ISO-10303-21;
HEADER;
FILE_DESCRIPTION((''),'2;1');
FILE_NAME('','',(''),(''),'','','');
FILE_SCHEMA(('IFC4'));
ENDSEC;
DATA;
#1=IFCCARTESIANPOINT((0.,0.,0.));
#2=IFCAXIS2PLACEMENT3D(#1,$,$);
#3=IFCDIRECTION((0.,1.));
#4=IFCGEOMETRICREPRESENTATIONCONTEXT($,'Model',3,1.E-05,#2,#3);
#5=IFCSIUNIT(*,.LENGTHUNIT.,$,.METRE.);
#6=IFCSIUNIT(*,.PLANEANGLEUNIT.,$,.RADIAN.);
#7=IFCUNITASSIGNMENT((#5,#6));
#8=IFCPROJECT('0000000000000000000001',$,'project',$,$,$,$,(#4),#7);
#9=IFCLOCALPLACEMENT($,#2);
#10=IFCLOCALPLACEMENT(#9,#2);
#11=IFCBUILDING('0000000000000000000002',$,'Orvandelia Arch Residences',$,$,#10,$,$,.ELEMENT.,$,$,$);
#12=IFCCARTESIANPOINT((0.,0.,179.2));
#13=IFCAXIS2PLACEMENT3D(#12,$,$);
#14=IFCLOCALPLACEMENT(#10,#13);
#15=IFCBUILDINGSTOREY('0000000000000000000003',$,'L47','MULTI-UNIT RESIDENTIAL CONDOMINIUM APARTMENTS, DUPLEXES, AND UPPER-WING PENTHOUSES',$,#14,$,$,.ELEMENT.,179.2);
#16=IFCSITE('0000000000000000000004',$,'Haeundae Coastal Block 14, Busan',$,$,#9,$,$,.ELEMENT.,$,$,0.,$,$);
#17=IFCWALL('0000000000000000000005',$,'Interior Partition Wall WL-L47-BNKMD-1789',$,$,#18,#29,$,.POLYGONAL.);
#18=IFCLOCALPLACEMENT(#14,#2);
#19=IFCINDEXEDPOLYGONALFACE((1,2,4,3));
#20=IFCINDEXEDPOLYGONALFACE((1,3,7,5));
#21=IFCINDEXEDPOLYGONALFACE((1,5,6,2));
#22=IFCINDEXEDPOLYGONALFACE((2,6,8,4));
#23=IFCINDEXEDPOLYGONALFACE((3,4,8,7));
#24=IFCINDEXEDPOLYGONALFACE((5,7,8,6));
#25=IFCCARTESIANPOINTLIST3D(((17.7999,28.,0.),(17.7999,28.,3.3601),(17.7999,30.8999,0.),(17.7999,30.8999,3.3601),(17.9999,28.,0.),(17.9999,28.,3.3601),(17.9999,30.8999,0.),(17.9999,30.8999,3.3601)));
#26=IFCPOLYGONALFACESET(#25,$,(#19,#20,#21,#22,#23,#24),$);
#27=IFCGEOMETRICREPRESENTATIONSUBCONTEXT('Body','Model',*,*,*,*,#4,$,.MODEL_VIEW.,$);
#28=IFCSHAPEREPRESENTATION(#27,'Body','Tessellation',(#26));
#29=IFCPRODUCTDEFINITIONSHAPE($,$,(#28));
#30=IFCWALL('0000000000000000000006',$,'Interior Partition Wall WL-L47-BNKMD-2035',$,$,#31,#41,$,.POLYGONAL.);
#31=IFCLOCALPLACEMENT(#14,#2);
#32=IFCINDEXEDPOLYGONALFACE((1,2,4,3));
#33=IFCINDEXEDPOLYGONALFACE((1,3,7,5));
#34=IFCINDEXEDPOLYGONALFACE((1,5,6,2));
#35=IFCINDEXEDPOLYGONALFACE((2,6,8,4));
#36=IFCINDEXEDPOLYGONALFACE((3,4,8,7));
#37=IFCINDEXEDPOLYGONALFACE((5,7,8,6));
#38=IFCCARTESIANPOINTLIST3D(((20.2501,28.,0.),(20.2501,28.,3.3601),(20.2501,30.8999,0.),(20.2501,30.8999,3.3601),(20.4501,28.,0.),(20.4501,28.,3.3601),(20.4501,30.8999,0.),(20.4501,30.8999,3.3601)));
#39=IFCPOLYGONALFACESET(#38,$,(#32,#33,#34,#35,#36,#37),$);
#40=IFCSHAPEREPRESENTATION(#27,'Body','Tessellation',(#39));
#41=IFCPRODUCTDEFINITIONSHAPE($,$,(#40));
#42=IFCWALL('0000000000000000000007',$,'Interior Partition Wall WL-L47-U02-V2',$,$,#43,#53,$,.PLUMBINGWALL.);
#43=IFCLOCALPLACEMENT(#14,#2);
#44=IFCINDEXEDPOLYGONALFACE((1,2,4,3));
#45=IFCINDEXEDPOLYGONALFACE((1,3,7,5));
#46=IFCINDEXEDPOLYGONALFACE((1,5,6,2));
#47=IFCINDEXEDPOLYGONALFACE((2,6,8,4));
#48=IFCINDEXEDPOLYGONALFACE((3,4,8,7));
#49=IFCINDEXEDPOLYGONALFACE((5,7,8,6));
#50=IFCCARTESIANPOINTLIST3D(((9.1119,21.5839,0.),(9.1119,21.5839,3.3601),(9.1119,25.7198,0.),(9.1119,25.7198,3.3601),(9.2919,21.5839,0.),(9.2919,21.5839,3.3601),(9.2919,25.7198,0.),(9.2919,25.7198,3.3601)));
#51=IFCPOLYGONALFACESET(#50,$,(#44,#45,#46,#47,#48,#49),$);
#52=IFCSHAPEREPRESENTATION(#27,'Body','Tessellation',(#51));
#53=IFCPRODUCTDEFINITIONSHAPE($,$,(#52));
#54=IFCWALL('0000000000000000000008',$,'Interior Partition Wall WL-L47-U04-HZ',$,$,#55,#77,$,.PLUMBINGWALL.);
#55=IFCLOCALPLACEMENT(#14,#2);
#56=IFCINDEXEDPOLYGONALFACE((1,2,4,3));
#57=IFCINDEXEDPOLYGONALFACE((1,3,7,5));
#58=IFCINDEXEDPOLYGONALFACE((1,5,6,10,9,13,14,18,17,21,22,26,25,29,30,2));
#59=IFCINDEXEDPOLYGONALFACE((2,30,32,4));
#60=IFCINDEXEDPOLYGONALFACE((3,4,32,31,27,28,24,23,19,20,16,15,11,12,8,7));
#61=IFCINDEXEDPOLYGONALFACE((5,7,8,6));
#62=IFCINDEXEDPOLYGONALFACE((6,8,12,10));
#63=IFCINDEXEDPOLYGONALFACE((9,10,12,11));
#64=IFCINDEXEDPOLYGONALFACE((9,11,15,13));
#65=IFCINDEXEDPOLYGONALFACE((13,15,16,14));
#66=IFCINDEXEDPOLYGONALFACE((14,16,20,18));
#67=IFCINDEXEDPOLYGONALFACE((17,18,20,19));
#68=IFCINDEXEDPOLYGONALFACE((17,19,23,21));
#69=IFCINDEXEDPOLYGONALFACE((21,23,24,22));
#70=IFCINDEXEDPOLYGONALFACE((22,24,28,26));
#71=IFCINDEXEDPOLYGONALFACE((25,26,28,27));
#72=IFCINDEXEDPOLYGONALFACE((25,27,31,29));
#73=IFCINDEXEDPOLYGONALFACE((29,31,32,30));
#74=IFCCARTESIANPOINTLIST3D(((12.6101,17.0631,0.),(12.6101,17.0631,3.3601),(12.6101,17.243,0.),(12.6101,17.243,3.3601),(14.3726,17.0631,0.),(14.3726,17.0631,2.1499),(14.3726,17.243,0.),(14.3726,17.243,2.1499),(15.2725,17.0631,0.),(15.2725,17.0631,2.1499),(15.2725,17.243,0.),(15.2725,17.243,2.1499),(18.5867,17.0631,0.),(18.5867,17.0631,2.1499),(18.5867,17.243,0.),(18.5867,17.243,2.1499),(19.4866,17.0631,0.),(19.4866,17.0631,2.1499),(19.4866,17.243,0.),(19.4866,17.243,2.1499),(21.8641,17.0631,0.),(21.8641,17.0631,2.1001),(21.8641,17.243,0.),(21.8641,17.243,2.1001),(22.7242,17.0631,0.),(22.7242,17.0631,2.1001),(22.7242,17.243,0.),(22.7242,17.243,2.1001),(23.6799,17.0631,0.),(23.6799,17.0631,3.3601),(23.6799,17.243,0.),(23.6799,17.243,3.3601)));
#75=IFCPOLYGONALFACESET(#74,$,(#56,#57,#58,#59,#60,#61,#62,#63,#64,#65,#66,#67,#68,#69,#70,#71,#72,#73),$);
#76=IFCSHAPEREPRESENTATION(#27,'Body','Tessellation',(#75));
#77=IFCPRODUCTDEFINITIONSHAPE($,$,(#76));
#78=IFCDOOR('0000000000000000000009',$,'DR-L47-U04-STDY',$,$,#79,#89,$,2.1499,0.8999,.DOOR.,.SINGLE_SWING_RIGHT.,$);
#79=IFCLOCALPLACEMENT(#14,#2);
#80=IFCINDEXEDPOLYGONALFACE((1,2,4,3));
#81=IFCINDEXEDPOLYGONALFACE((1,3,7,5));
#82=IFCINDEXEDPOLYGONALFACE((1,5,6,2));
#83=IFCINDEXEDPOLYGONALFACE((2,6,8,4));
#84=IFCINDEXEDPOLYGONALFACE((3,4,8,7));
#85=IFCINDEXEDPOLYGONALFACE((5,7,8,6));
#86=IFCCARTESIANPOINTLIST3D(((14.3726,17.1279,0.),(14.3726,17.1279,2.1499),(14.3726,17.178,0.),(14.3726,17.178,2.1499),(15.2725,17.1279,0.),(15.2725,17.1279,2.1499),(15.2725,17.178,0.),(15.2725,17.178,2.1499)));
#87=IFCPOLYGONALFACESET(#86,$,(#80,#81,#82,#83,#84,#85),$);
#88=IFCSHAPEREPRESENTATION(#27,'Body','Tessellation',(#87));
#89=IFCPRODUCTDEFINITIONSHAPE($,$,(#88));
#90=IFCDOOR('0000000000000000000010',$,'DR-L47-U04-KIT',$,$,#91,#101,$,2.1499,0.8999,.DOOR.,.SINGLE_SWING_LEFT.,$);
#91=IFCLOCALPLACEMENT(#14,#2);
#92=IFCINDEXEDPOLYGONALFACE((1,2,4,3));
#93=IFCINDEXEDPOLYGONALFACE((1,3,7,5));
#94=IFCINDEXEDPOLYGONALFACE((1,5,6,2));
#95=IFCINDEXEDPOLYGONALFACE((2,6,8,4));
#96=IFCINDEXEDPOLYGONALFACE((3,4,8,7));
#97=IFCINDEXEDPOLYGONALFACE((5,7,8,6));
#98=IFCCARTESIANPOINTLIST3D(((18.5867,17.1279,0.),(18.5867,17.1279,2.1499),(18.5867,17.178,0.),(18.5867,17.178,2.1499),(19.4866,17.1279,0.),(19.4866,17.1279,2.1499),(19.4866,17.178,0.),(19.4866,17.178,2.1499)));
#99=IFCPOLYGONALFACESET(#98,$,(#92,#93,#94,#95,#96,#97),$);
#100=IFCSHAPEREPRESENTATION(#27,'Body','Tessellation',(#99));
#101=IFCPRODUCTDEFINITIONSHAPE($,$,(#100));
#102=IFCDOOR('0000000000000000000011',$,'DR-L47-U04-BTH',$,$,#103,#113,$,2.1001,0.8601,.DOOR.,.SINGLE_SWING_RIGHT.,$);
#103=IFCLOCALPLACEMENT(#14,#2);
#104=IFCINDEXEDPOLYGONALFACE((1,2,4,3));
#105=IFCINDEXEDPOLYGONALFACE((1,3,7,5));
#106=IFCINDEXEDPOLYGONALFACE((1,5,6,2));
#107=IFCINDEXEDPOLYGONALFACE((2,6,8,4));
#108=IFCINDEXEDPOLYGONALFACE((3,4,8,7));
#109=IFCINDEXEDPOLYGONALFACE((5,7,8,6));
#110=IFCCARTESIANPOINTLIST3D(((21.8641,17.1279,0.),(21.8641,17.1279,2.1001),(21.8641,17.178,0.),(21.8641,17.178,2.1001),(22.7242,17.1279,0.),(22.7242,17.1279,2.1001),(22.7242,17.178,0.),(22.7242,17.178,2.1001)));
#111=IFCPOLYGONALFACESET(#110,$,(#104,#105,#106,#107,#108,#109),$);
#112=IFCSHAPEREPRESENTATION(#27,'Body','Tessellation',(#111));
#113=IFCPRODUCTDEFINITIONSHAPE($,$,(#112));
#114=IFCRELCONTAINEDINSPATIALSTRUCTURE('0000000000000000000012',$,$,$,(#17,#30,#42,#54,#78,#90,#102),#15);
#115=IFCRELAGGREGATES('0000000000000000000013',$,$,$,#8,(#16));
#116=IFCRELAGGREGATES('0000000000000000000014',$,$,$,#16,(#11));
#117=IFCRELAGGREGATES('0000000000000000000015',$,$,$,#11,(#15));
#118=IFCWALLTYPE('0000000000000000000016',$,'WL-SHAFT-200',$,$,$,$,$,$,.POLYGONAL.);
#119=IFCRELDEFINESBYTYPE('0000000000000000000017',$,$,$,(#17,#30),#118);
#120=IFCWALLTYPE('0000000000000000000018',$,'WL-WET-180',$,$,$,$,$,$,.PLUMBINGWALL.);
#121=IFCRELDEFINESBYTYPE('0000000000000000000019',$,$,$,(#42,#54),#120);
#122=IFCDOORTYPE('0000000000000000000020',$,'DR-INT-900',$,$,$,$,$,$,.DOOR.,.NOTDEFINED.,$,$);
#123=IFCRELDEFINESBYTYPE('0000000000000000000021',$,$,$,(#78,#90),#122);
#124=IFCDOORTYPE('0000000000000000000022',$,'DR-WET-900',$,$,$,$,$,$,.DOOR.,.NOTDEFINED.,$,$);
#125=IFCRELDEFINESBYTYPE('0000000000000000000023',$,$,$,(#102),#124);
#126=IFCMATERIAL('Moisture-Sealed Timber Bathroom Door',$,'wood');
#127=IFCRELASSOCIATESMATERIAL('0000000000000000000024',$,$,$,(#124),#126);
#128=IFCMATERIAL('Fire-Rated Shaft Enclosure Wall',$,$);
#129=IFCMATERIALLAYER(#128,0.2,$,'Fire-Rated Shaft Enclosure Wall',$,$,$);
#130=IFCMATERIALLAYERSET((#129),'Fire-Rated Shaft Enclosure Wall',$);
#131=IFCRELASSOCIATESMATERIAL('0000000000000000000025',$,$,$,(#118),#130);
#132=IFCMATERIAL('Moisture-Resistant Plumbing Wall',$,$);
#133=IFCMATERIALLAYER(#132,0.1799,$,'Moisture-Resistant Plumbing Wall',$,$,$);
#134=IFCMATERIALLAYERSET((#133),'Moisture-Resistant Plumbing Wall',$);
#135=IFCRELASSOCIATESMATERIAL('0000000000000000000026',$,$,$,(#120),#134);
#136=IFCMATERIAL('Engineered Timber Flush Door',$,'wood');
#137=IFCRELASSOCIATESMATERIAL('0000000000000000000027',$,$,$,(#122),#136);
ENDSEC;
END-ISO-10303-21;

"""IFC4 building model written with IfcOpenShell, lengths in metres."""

from ifc_helpers import new_model, si_unit, direction, frame, frame_2d, origin, place, context, subcontext, project, spatial, rectangle, extrude, material, layer, layer_set, type_object, element, fill, save


model = new_model("IFC4")

# Units and contexts
model_context = context("Model", 3, precision=1e-05, world=origin(), true_north=direction((0.0, 1.0)))
body_context = subcontext(model_context, "Body", "Model", "MODEL_VIEW")
ifc_project = project(units=[si_unit("LENGTHUNIT", "METRE"), si_unit("PLANEANGLEUNIT", "RADIAN")], contexts=[model_context])

# Site, building, storey
site_placement = place(None, origin())
site = spatial("IfcSite", under=ifc_project, at=site_placement, Name="Haeundae Coastal Block 14, Busan", CompositionType="ELEMENT", RefElevation=0.0)
building_placement = place(site_placement, origin())
building = spatial("IfcBuilding", under=site, at=building_placement, Name="Orvandelia Arch Residences", CompositionType="ELEMENT")
storey_placement = place(building_placement, frame((0.0, 0.0, 179.2)))
storey = spatial("IfcBuildingStorey", under=building, at=storey_placement, Name="L47", Description="MULTI-UNIT RESIDENTIAL CONDOMINIUM APARTMENTS, DUPLEXES, AND UPPER-WING PENTHOUSES", CompositionType="ELEMENT", Elevation=179.2)

# Shared definitions
ifc_material_1 = material(Name="Moisture-Sealed Timber Bathroom Door", Category="wood")
door_type_1 = type_object("IfcDoorType", Name="DR-WET-900", OperationType="NOTDEFINED", PredefinedType="DOOR", material=ifc_material_1)
ifc_material_2 = material(Name="Fire-Rated Shaft Enclosure Wall")
ifc_layer_1 = layer(ifc_material_2, 0.2, Name="Fire-Rated Shaft Enclosure Wall")
ifc_layer_set_1 = layer_set([ifc_layer_1], Name="Fire-Rated Shaft Enclosure Wall")
wall_type_1 = type_object("IfcWallType", Name="WL-SHAFT-200", PredefinedType="POLYGONAL", material=ifc_layer_set_1)

# Walls
for number, where, z_axis, x_axis, name in (
    (1, (17.8999, 28.0, 0.0), (0.0, 0.0, 1.0), (0.0, 1.0, 0.0), "Interior Partition Wall WL-L47-BNKMD-1789"),
    (2, (20.3501, 28.0, 0.0), (0.0, 0.0, 1.0), (0.0, 1.0, 0.0), "Interior Partition Wall WL-L47-BNKMD-2035"),
):
    element("IfcWall", number, at=place(storey_placement, frame(where, z_axis=z_axis, x_axis=x_axis)), inside=storey, type_object=wall_type_1, Name=name, PredefinedType="POLYGONAL", context=body_context, shape_type="SweptSolid", body=[
        extrude(rectangle(XDim=2.8999, YDim=0.2, at=frame_2d((1.45, 0.0))), origin(), (0.0, 0.0, 1.0), 3.3601),
    ])
ifc_material_3 = material(Name="Moisture-Resistant Plumbing Wall")
ifc_layer_2 = layer(ifc_material_3, 0.1799, Name="Moisture-Resistant Plumbing Wall")
ifc_layer_set_2 = layer_set([ifc_layer_2], Name="Moisture-Resistant Plumbing Wall")
wall_type_2 = type_object("IfcWallType", Name="WL-WET-180", PredefinedType="PLUMBINGWALL", material=ifc_layer_set_2)
wall_1_placement = place(storey_placement, frame((9.2019, 21.584, 0.0), z_axis=(0.0, 0.0, 1.0), x_axis=(0.0, 1.0, 0.0)))
element("IfcWall", 3, at=wall_1_placement, inside=storey, type_object=wall_type_2, Name="Interior Partition Wall WL-L47-U02-V2", PredefinedType="PLUMBINGWALL", context=body_context, shape_type="SweptSolid", body=[
    extrude(rectangle(XDim=4.136, YDim=0.1799, at=frame_2d((2.0679, 0.0))), origin(), (0.0, 0.0, 1.0), 3.3601),
])

# Wall, openings, doors
wall_2_placement = place(storey_placement, frame((12.6101, 17.1531, 0.0), z_axis=(0.0, 0.0, 1.0), x_axis=(1.0, 0.0, 0.0)))
wall_2 = element("IfcWall", 4, at=wall_2_placement, inside=storey, type_object=wall_type_2, Name="Interior Partition Wall WL-L47-U04-HZ", PredefinedType="PLUMBINGWALL", context=body_context, shape_type="SweptSolid", body=[
    extrude(rectangle(XDim=11.0698, YDim=0.1799, at=frame_2d((5.5349, 0.0))), origin(), (0.0, 0.0, 1.0), 3.3601),
])
opening_1_placement = place(wall_2_placement, frame((1.7625, 0.0, 0.0)))
opening_1 = element("IfcOpeningElement", 5, at=opening_1_placement, cuts=wall_2, PredefinedType="OPENING", context=body_context, shape_type="SweptSolid", body=[
    extrude(rectangle(XDim=0.8999, YDim=2.1499, at=frame_2d((0.45, 1.075))), frame((0.0, 0.1001, 0.0), z_axis=(0.0, -1.0, 0.0), x_axis=(1.0, 0.0, 0.0)), (0.0, 0.0, 1.0), 0.2),
])
opening_2_placement = place(wall_2_placement, frame((5.9766, 0.0, 0.0)))
opening_2 = element("IfcOpeningElement", 6, at=opening_2_placement, cuts=wall_2, PredefinedType="OPENING", context=body_context, shape_type="SweptSolid", body=[
    extrude(rectangle(XDim=0.8999, YDim=2.1499, at=frame_2d((0.45, 1.075))), frame((0.0, 0.1001, 0.0), z_axis=(0.0, -1.0, 0.0), x_axis=(1.0, 0.0, 0.0)), (0.0, 0.0, 1.0), 0.2),
])
opening_3_placement = place(wall_2_placement, frame((9.2539, 0.0, 0.0)))
opening_3 = element("IfcOpeningElement", 7, at=opening_3_placement, cuts=wall_2, PredefinedType="OPENING", context=body_context, shape_type="SweptSolid", body=[
    extrude(rectangle(XDim=0.8601, YDim=2.1001, at=frame_2d((0.4302, 1.05))), frame((0.0, 0.1001, 0.0), z_axis=(0.0, -1.0, 0.0), x_axis=(1.0, 0.0, 0.0)), (0.0, 0.0, 1.0), 0.2),
])
ifc_material_4 = material(Name="Engineered Timber Flush Door", Category="wood")
door_type_2 = type_object("IfcDoorType", Name="DR-INT-900", OperationType="NOTDEFINED", PredefinedType="DOOR", material=ifc_material_4)
door_1_placement = place(opening_1_placement, origin())
door_1 = element("IfcDoor", 8, at=door_1_placement, inside=storey, type_object=door_type_2, Name="DR-L47-U04-STDY", OperationType="SINGLE_SWING_RIGHT", OverallHeight=2.1499, OverallWidth=0.8999, PredefinedType="DOOR", context=body_context, shape_type="SweptSolid", body=[
    extrude(rectangle(XDim=0.8999, YDim=2.1499, at=frame_2d((0.45, 1.075))), frame((0.0, 0.0249, 0.0), z_axis=(0.0, -1.0, 0.0), x_axis=(1.0, 0.0, 0.0)), (0.0, 0.0, 1.0), 0.05),
])
fill(opening_1, door_1)
door_2_placement = place(opening_2_placement, origin())
door_2 = element("IfcDoor", 9, at=door_2_placement, inside=storey, type_object=door_type_2, Name="DR-L47-U04-KIT", OperationType="SINGLE_SWING_LEFT", OverallHeight=2.1499, OverallWidth=0.8999, PredefinedType="DOOR", context=body_context, shape_type="SweptSolid", body=[
    extrude(rectangle(XDim=0.8999, YDim=2.1499, at=frame_2d((0.45, 1.075))), frame((0.0, 0.0249, 0.0), z_axis=(0.0, -1.0, 0.0), x_axis=(1.0, 0.0, 0.0)), (0.0, 0.0, 1.0), 0.05),
])
fill(opening_2, door_2)
door_3_placement = place(opening_3_placement, origin())
door_3 = element("IfcDoor", 10, at=door_3_placement, inside=storey, type_object=door_type_1, Name="DR-L47-U04-BTH", OperationType="SINGLE_SWING_RIGHT", OverallHeight=2.1001, OverallWidth=0.8601, PredefinedType="DOOR", context=body_context, shape_type="SweptSolid", body=[
    extrude(rectangle(XDim=0.8601, YDim=2.1001, at=frame_2d((0.4302, 1.05))), frame((0.0, 0.0249, 0.0), z_axis=(0.0, -1.0, 0.0), x_axis=(1.0, 0.0, 0.0)), (0.0, 0.0, 1.0), 0.05),
])
fill(opening_3, door_3)

save(model, "model.ifc")
